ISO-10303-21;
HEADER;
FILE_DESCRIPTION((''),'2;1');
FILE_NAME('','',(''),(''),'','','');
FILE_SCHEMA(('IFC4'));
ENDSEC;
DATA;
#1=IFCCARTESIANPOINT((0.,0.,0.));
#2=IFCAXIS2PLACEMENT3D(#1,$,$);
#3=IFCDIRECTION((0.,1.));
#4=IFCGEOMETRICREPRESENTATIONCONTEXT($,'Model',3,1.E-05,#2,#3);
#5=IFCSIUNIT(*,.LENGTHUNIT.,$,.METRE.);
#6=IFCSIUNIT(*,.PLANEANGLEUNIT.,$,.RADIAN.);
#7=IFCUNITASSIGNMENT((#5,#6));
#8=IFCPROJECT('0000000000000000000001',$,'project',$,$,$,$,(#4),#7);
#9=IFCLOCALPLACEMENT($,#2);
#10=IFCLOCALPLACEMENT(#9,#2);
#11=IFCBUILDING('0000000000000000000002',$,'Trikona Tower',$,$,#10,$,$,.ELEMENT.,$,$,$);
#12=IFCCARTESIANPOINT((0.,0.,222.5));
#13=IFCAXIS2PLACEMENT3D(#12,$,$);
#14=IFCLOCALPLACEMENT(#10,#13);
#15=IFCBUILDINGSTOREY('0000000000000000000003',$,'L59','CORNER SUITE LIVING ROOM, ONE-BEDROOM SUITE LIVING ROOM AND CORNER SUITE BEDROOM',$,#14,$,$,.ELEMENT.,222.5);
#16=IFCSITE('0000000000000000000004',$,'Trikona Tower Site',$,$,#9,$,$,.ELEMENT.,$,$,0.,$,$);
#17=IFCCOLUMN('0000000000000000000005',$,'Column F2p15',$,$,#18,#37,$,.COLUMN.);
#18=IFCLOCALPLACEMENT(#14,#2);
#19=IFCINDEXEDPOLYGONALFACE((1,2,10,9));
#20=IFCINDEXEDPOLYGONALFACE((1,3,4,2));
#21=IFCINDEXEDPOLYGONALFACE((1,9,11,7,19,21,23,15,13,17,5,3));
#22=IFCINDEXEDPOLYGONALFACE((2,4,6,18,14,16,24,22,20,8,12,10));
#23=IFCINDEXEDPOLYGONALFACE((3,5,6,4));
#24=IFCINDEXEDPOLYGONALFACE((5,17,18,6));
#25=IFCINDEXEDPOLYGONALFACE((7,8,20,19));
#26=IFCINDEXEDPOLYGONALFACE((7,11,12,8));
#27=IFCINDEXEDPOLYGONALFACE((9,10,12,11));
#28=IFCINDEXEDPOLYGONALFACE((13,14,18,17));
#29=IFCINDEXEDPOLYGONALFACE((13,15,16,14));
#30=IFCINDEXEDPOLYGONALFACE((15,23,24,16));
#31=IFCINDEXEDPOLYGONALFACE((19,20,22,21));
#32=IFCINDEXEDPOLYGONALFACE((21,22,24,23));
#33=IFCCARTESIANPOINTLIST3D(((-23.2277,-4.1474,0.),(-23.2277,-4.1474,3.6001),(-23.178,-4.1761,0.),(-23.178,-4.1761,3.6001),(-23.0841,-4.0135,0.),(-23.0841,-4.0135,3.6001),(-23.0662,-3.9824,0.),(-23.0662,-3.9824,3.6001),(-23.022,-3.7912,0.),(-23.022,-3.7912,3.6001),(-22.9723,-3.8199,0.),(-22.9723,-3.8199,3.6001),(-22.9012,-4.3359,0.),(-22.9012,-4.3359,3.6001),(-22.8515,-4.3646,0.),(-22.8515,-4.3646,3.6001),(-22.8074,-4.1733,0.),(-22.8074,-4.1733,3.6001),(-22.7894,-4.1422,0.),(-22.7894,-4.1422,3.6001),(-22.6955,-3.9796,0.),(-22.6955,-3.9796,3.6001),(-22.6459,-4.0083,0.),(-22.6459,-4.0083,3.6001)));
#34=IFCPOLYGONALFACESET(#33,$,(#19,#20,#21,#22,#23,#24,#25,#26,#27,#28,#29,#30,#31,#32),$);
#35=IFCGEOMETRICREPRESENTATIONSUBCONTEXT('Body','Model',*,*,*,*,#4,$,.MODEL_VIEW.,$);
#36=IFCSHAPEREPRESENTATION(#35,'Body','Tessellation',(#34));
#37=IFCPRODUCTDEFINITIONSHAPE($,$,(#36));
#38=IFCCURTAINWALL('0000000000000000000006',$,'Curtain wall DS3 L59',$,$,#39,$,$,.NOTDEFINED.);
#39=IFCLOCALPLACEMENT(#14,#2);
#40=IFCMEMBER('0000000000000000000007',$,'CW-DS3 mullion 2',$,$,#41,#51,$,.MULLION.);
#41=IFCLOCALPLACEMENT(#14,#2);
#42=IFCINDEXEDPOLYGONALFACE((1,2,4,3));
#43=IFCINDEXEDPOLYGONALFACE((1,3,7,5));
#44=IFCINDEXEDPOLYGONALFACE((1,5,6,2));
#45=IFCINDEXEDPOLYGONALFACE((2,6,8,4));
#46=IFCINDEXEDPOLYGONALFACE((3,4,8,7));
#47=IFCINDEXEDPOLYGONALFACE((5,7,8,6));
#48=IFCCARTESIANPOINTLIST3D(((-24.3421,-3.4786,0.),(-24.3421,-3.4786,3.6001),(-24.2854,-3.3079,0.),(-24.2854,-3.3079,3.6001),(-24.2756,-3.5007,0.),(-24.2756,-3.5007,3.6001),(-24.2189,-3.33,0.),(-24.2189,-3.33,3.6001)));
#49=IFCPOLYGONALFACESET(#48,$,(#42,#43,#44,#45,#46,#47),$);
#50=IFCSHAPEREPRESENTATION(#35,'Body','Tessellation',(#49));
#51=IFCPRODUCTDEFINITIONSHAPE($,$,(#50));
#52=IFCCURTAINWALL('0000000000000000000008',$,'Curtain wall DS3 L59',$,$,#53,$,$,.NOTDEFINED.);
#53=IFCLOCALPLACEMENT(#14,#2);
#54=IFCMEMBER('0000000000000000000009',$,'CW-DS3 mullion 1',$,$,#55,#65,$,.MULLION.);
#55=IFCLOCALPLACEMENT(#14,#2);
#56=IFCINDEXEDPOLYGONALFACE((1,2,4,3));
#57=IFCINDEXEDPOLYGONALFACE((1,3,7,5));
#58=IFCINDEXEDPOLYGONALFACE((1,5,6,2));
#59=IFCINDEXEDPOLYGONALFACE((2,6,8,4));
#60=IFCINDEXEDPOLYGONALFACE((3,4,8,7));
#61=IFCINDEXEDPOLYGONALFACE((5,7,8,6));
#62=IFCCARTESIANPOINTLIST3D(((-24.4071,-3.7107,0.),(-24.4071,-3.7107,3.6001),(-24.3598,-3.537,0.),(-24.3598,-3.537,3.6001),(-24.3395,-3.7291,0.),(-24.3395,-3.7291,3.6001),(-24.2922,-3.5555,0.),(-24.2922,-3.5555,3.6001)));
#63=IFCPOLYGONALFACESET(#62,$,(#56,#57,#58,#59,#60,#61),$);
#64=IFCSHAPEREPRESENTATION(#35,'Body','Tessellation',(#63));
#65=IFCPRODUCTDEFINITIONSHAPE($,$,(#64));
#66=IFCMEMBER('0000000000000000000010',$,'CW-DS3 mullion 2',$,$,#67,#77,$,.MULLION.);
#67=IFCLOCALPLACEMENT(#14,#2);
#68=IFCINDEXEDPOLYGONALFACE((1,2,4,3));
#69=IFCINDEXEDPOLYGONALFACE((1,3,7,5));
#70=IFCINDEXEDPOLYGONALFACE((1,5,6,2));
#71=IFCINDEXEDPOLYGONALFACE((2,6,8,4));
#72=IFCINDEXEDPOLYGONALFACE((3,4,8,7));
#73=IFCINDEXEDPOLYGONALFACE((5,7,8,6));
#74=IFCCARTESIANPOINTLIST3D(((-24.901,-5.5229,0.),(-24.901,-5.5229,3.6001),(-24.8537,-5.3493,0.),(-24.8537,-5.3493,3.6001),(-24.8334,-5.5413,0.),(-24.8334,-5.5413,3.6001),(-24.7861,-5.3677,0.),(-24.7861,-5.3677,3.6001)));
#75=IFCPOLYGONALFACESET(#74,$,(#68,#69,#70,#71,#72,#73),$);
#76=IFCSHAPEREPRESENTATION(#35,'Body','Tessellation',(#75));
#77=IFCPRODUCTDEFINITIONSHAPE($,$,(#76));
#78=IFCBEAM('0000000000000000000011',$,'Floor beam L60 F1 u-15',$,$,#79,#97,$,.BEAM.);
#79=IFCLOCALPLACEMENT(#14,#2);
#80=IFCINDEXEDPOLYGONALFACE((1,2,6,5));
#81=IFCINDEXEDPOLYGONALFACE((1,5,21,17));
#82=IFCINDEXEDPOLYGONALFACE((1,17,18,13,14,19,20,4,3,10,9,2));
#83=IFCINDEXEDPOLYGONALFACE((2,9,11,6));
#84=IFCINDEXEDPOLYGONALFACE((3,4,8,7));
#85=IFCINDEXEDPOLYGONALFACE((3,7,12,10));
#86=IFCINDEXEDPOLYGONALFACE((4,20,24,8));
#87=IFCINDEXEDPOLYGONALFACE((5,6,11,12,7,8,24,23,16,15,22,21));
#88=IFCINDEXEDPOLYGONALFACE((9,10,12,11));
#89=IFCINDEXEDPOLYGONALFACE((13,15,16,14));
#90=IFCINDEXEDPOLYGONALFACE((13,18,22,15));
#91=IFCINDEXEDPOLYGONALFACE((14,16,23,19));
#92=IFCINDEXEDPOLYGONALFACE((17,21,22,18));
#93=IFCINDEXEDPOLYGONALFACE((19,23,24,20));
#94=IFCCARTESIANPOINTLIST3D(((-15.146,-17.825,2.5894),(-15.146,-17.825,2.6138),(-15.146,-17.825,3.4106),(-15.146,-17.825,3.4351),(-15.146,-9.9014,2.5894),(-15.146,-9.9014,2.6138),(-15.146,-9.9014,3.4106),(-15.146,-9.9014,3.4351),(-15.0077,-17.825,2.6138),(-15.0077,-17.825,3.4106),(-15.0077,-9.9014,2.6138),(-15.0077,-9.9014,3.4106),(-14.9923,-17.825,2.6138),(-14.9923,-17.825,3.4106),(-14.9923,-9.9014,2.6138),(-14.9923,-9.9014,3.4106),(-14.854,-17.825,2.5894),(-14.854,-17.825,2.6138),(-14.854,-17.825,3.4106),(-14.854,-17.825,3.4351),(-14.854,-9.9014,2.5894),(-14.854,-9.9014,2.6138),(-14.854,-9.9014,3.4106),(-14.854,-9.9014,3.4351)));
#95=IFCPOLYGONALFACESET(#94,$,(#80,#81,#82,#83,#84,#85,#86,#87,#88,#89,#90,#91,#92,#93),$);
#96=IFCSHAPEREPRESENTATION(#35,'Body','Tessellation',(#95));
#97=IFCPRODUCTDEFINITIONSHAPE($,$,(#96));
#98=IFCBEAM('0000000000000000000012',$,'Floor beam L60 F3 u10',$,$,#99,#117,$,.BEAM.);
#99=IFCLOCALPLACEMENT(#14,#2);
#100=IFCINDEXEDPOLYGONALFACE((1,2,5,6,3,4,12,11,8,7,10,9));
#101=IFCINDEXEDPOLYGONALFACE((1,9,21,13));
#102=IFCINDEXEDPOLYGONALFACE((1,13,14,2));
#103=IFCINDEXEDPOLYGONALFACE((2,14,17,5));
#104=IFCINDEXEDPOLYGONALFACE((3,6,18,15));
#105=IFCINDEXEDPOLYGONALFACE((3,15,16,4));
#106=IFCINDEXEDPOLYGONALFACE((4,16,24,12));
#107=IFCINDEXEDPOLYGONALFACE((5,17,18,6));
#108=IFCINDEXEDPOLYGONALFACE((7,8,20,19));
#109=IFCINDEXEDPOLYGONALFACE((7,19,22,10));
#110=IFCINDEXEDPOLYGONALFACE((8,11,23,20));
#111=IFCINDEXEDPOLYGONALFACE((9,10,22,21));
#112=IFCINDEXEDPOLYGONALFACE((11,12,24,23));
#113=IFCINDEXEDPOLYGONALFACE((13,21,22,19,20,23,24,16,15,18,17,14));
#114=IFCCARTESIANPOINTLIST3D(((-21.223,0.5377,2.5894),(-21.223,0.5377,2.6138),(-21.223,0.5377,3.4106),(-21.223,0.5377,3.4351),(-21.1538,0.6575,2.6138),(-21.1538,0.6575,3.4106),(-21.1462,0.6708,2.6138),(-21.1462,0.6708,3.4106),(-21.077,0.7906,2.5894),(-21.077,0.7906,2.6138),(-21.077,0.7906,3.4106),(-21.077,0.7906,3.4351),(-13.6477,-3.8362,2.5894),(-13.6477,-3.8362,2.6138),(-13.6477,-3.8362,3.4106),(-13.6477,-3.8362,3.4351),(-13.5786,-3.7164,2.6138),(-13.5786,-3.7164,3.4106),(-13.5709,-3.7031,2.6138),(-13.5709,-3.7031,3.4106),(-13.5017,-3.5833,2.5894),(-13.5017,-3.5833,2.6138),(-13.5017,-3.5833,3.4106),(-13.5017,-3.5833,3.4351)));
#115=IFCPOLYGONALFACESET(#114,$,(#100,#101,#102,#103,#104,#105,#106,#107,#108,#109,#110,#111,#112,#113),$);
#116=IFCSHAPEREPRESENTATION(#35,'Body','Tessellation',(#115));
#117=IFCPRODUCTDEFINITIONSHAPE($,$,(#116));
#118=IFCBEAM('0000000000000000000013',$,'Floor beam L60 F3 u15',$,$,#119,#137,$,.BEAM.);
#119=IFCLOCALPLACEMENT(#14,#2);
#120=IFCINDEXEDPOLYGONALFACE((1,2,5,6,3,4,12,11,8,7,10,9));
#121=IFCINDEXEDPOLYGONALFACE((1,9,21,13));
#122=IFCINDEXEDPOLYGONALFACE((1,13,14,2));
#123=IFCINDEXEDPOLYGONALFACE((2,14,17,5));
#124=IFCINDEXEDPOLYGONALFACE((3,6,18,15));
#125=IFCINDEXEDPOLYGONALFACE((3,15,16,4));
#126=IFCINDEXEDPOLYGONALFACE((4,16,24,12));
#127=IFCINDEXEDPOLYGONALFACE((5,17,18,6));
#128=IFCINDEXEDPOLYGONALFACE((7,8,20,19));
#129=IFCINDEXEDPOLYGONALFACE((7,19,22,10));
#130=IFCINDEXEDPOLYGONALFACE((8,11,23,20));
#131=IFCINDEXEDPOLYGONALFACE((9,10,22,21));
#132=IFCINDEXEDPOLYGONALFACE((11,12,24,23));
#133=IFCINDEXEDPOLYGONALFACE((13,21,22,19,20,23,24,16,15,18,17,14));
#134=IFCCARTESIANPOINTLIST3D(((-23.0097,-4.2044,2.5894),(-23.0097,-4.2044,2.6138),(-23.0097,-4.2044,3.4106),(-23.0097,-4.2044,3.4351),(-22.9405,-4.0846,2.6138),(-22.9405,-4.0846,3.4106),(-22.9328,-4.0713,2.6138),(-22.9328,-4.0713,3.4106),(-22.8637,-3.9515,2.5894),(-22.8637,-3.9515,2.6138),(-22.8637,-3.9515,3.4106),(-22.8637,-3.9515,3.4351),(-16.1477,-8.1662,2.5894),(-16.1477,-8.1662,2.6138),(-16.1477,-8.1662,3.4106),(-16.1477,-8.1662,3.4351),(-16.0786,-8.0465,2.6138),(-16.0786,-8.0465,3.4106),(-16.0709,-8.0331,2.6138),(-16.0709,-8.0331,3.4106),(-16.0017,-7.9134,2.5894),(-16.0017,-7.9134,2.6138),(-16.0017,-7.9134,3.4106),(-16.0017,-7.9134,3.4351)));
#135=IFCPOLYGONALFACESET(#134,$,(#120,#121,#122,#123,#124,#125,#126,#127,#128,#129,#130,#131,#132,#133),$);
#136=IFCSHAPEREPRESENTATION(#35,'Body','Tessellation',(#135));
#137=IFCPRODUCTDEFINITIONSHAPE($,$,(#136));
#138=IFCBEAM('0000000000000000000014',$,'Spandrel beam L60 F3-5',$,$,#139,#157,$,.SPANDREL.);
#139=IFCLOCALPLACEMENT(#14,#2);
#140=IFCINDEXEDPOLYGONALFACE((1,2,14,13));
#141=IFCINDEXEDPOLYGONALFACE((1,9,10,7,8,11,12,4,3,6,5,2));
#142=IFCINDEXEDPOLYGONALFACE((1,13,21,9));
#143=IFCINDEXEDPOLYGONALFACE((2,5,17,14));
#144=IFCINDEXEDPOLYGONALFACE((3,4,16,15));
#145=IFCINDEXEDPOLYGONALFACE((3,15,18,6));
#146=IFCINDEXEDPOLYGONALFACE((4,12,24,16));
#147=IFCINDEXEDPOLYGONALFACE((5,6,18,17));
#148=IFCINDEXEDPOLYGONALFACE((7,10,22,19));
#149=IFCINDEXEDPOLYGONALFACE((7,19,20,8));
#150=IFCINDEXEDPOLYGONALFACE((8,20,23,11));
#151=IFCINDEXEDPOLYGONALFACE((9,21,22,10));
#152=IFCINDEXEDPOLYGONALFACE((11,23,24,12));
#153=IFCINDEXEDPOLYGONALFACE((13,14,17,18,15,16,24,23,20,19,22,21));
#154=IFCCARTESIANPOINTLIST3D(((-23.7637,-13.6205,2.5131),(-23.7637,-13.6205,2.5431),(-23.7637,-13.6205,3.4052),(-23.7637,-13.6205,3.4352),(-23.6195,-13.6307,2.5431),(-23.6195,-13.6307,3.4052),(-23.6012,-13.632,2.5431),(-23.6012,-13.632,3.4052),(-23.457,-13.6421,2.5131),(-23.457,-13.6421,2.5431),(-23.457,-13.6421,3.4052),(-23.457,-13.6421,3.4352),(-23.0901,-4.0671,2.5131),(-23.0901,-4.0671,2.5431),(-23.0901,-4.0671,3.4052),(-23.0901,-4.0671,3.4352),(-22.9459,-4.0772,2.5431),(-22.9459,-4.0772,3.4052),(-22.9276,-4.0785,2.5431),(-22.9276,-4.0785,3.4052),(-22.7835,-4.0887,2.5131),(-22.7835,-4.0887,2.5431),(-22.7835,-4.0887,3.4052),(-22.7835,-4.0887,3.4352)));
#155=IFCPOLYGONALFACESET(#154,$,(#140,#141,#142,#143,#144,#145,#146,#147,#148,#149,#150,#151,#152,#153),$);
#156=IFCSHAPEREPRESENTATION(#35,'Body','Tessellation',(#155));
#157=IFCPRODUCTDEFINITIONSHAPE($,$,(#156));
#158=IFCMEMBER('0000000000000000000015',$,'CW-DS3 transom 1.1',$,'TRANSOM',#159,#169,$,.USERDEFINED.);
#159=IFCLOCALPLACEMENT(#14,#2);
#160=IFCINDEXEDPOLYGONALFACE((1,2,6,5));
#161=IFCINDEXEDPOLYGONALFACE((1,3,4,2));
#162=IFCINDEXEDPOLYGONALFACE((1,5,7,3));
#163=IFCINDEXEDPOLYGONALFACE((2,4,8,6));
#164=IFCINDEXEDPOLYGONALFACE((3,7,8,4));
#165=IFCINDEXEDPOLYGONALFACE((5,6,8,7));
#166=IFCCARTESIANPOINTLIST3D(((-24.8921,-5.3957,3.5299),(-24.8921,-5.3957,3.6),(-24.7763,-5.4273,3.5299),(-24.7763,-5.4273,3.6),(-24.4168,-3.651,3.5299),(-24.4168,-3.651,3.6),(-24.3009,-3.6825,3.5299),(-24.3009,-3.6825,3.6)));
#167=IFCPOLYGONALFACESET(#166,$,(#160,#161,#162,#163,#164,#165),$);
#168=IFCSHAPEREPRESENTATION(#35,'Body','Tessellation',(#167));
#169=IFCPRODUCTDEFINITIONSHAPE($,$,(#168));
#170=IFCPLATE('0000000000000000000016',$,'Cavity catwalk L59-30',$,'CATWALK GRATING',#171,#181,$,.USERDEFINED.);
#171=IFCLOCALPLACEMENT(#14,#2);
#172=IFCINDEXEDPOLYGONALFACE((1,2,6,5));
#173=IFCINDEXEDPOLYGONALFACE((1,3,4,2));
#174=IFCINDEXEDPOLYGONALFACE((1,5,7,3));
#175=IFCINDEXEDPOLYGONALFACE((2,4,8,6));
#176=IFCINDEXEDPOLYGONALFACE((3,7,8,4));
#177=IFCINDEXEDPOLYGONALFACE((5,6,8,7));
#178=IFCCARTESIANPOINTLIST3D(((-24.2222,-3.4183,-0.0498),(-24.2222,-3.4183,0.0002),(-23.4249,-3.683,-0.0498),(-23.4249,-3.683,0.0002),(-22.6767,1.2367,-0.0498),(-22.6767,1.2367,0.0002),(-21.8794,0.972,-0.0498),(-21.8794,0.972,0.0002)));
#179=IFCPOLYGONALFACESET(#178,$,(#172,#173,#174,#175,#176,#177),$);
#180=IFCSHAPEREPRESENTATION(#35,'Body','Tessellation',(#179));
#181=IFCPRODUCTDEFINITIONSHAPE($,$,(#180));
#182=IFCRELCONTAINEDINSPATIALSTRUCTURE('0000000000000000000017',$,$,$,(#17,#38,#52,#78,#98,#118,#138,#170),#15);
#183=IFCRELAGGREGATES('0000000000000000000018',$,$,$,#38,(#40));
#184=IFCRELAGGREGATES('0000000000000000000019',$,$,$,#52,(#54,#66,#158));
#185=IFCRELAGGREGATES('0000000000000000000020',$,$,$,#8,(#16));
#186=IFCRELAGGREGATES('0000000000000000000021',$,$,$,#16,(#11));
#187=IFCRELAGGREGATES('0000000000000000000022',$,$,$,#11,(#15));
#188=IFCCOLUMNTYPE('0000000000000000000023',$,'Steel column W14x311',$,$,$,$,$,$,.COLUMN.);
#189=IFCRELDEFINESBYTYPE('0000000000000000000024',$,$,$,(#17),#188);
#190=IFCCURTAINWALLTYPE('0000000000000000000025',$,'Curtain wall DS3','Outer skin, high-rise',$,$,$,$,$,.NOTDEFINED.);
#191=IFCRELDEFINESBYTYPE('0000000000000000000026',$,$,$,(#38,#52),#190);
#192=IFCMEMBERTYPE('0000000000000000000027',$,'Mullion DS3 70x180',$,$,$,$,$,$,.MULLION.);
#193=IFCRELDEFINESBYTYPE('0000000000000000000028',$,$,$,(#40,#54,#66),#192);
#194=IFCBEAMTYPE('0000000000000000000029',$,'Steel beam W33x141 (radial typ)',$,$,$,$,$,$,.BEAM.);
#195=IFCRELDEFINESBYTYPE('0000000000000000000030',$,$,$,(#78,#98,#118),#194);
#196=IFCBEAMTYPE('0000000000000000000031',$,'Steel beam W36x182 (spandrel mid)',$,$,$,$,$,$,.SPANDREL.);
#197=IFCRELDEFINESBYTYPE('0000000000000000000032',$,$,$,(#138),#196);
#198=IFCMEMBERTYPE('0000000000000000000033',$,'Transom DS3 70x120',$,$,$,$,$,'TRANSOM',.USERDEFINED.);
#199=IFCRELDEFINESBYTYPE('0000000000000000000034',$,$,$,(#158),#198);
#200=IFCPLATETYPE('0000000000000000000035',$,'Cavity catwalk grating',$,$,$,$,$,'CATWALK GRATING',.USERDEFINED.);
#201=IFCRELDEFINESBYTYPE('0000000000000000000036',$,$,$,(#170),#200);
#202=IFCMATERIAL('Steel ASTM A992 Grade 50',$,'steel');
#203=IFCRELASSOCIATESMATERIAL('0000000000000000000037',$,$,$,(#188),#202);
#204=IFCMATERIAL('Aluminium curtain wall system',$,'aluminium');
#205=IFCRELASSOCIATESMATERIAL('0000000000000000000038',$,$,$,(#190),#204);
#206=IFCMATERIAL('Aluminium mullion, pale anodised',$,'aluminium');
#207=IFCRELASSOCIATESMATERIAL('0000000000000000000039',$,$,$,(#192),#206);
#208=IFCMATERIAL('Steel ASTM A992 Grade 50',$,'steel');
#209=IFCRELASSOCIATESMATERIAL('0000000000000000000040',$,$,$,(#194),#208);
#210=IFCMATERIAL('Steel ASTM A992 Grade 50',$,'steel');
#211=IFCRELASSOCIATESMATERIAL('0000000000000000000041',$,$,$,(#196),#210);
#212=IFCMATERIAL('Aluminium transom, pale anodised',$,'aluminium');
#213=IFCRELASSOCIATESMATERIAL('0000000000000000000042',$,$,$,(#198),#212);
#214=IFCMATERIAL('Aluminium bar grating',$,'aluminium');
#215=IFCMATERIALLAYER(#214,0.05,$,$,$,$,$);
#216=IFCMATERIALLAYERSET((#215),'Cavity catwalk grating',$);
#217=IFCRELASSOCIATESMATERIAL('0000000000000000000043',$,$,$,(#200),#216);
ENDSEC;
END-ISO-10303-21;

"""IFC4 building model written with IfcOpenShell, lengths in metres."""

from ifc_helpers import new_model, si_unit, direction, frame, origin, origin_2d, place, context, subcontext, project, spatial, rectangle, i_section, extrude, material, layer, layer_set, material_profile, profile_set, type_object, element, aggregate, save


model = new_model("IFC4")

# Units and contexts
model_context = context("Model", 3, precision=1e-05, world=origin(), true_north=direction((0.0, 1.0)))
body_context = subcontext(model_context, "Body", "Model", "MODEL_VIEW")
ifc_project = project(units=[si_unit("LENGTHUNIT", "METRE"), si_unit("PLANEANGLEUNIT", "RADIAN")], contexts=[model_context])

# Site, building, storey
site_placement = place(None, origin())
site = spatial("IfcSite", under=ifc_project, at=site_placement, Name="Trikona Tower Site", CompositionType="ELEMENT", RefElevation=0.0)
building_placement = place(site_placement, origin())
building = spatial("IfcBuilding", under=site, at=building_placement, Name="Trikona Tower", CompositionType="ELEMENT")
storey_placement = place(building_placement, frame((0.0, 0.0, 222.5)))
storey = spatial("IfcBuildingStorey", under=building, at=storey_placement, Name="L59", Description="CORNER SUITE LIVING ROOM, ONE-BEDROOM SUITE LIVING ROOM AND CORNER SUITE BEDROOM", CompositionType="ELEMENT", Elevation=222.5)

# Column
ifc_material_1 = material(Name="Steel ASTM A992 Grade 50", Category="steel")
ifc_material_profile_1 = material_profile(ifc_material_1, i_section(OverallWidth=0.4114, OverallDepth=0.4343, WebThickness=0.0359, FlangeThickness=0.0574, at=origin_2d()), Name="W14X311")
ifc_profile_set_1 = profile_set([ifc_material_profile_1], Name="Steel ASTM A992 Grade 50")
column_type = type_object("IfcColumnType", Name="Steel column W14x311", PredefinedType="COLUMN", material=ifc_profile_set_1)
column_placement = place(storey_placement, frame((-22.9368, -4.0779, 0.0), z_axis=(0.0, 0.0, 1.0), x_axis=(-0.5, -0.866025, 0.0)))
element("IfcColumn", 1, at=column_placement, inside=storey, type_object=column_type, Name="Column F2p15", PredefinedType="COLUMN", context=body_context, shape_type="SweptSolid", body=[
    extrude(i_section(OverallWidth=0.4114, OverallDepth=0.4343, WebThickness=0.0359, FlangeThickness=0.0574, at=origin_2d()), origin(), (0.0, 0.0, 1.0), 3.6001),
])

# Curtain wall, member
ifc_material_2 = material(Name="Aluminium curtain wall system", Category="aluminium")
curtain_wall_type = type_object("IfcCurtainWallType", Name="Curtain wall DS3", Description="Outer skin, high-rise", PredefinedType="NOTDEFINED", material=ifc_material_2)
curtain_wall_1_placement = place(storey_placement, origin())
curtain_wall_1 = element("IfcCurtainWall", 2, at=curtain_wall_1_placement, inside=storey, type_object=curtain_wall_type, Name="Curtain wall DS3 L59", PredefinedType="NOTDEFINED")
ifc_material_3 = material(Name="Aluminium mullion, pale anodised", Category="aluminium")
ifc_material_profile_2 = material_profile(ifc_material_3, rectangle(XDim=0.0701, YDim=0.1799, at=origin_2d()), Name="MUL-DS3")
ifc_profile_set_2 = profile_set([ifc_material_profile_2], Name="Aluminium mullion, pale anodised")
member_type_1 = type_object("IfcMemberType", Name="Mullion DS3 70x180", PredefinedType="MULLION", material=ifc_profile_set_2)
member_1_placement = place(storey_placement, frame((-24.2805, -3.4043, 0.0), z_axis=(0.0, 0.0, 1.0), x_axis=(0.949066, -0.315078, 0.0)))
member_1 = element("IfcMember", 3, at=member_1_placement, type_object=member_type_1, Name="CW-DS3 mullion 2", PredefinedType="MULLION", context=body_context, shape_type="SweptSolid", body=[
    extrude(rectangle(XDim=0.0701, YDim=0.1799, at=origin_2d()), origin(), (0.0, 0.0, 1.0), 3.6001),
])
aggregate(curtain_wall_1, [member_1])

# Curtain wall, members
curtain_wall_2_placement = place(storey_placement, origin())
curtain_wall_2 = element("IfcCurtainWall", 4, at=curtain_wall_2_placement, inside=storey, type_object=curtain_wall_type, Name="Curtain wall DS3 L59", PredefinedType="NOTDEFINED")
member_2_placement = place(storey_placement, frame((-24.3496, -3.6331, 0.0), z_axis=(0.0, 0.0, 1.0), x_axis=(0.964838, -0.262844, 0.0)))
member_2 = element("IfcMember", 5, at=member_2_placement, type_object=member_type_1, Name="CW-DS3 mullion 1", PredefinedType="MULLION", context=body_context, shape_type="SweptSolid", body=[
    extrude(rectangle(XDim=0.0701, YDim=0.1799, at=origin_2d()), origin(), (0.0, 0.0, 1.0), 3.6001),
])
member_3_placement = place(storey_placement, frame((-24.8435, -5.4453, 0.0), z_axis=(0.0, 0.0, 1.0), x_axis=(0.964838, -0.262844, 0.0)))
member_3 = element("IfcMember", 6, at=member_3_placement, type_object=member_type_1, Name="CW-DS3 mullion 2", PredefinedType="MULLION", context=body_context, shape_type="SweptSolid", body=[
    extrude(rectangle(XDim=0.0701, YDim=0.1799, at=origin_2d()), origin(), (0.0, 0.0, 1.0), 3.6001),
])

# Beams
ifc_material_4 = material(Name="Steel ASTM A992 Grade 50", Category="steel")
ifc_material_profile_3 = material_profile(ifc_material_4, i_section(OverallWidth=0.292, OverallDepth=0.8457, WebThickness=0.0154, FlangeThickness=0.0244, at=origin_2d()), Name="W33X141")
ifc_profile_set_3 = profile_set([ifc_material_profile_3], Name="Steel ASTM A992 Grade 50")
beam_type_1 = type_object("IfcBeamType", Name="Steel beam W33x141 (radial typ)", PredefinedType="BEAM", material=ifc_profile_set_3)
beam_1_placement = place(storey_placement, frame((-15.0, -9.9014, 3.0122), z_axis=(0.0, -1.0, 0.0), x_axis=(1.0, 0.0, 0.0)))
element("IfcBeam", 7, at=beam_1_placement, inside=storey, type_object=beam_type_1, Name="Floor beam L60 F1 u-15", PredefinedType="BEAM", context=body_context, shape_type="SweptSolid", body=[
    extrude(i_section(OverallWidth=0.292, OverallDepth=0.8457, WebThickness=0.0154, FlangeThickness=0.0244, at=origin_2d()), origin(), (0.0, 0.0, 1.0), 7.9236),
])
beam_2_placement = place(storey_placement, frame((-13.5747, -3.7097, 3.0122), z_axis=(-0.866014, 0.50002, 0.0), x_axis=(-0.50002, -0.866014, 0.0)))
element("IfcBeam", 8, at=beam_2_placement, inside=storey, type_object=beam_type_1, Name="Floor beam L60 F3 u10", PredefinedType="BEAM", context=body_context, shape_type="SweptSolid", body=[
    extrude(i_section(OverallWidth=0.292, OverallDepth=0.8457, WebThickness=0.0154, FlangeThickness=0.0244, at=origin_2d()), origin(), (0.0, 0.0, 1.0), 8.7473),
])
beam_3_placement = place(storey_placement, frame((-16.0747, -8.0398, 3.0122), z_axis=(-0.86602, 0.50001, 0.0), x_axis=(-0.50001, -0.86602, 0.0)))
element("IfcBeam", 9, at=beam_3_placement, inside=storey, type_object=beam_type_1, Name="Floor beam L60 F3 u15", PredefinedType="BEAM", context=body_context, shape_type="SweptSolid", body=[
    extrude(i_section(OverallWidth=0.292, OverallDepth=0.8457, WebThickness=0.0154, FlangeThickness=0.0244, at=origin_2d()), origin(), (0.0, 0.0, 1.0), 7.9236),
])
ifc_material_5 = material(Name="Steel ASTM A992 Grade 50", Category="steel")
ifc_material_profile_4 = material_profile(ifc_material_5, i_section(OverallWidth=0.3074, OverallDepth=0.9221, WebThickness=0.0183, FlangeThickness=0.03, at=origin_2d()), Name="W36X182")
ifc_profile_set_4 = profile_set([ifc_material_profile_4], Name="Steel ASTM A992 Grade 50")
beam_type_2 = type_object("IfcBeamType", Name="Steel beam W36x182 (spandrel mid)", PredefinedType="SPANDREL", material=ifc_profile_set_4)
beam_4_placement = place(storey_placement, frame((-22.9368, -4.0779, 2.9741), z_axis=(-0.070332, -0.997524, 0.0), x_axis=(0.997524, -0.070332, 0.0)))
element("IfcBeam", 10, at=beam_4_placement, inside=storey, type_object=beam_type_2, Name="Spandrel beam L60 F3-5", PredefinedType="SPANDREL", context=body_context, shape_type="SweptSolid", body=[
    extrude(i_section(OverallWidth=0.3074, OverallDepth=0.9221, WebThickness=0.0183, FlangeThickness=0.03, at=origin_2d()), origin(), (0.0, 0.0, 1.0), 9.5771),
])

# Member
ifc_material_6 = material(Name="Aluminium transom, pale anodised", Category="aluminium")
ifc_material_profile_5 = material_profile(ifc_material_6, rectangle(XDim=0.1201, YDim=0.0701, at=origin_2d()), Name="TRN-DS3")
ifc_profile_set_5 = profile_set([ifc_material_profile_5], Name="Aluminium transom, pale anodised")
member_type_2 = type_object("IfcMemberType", Name="Transom DS3 70x120", ElementType="TRANSOM", PredefinedType="USERDEFINED", material=ifc_profile_set_5)
member_4_placement = place(storey_placement, frame((-24.3589, -3.6667, 3.5649), z_axis=(-0.262843, -0.964839, 0.0), x_axis=(0.964839, -0.262843, 0.0)))
member_4 = element("IfcMember", 11, at=member_4_placement, type_object=member_type_2, Name="CW-DS3 transom 1.1", ObjectType="TRANSOM", PredefinedType="USERDEFINED", context=body_context, shape_type="SweptSolid", body=[
    extrude(rectangle(XDim=0.1201, YDim=0.0701, at=origin_2d()), origin(), (0.0, 0.0, 1.0), 1.8083),
])

# Plate
ifc_material_7 = material(Name="Aluminium bar grating", Category="aluminium")
ifc_layer_1 = layer(ifc_material_7, 0.05)
ifc_layer_set_1 = layer_set([ifc_layer_1], Name="Cavity catwalk grating")
plate_type_1 = type_object("IfcPlateType", Name="Cavity catwalk grating", ElementType="CATWALK GRATING", PredefinedType="USERDEFINED", material=ifc_layer_set_1)
plate_1_placement = place(storey_placement, frame((-23.0508, -1.2231, -0.0498), z_axis=(0.0, 0.0, 1.0), x_axis=(-0.315093, -0.949061, 0.0)))
element("IfcPlate", 12, at=plate_1_placement, inside=storey, type_object=plate_type_1, Name="Cavity catwalk L59-30", ObjectType="CATWALK GRATING", PredefinedType="USERDEFINED", context=body_context, shape_type="SweptSolid", body=[
    extrude(rectangle(XDim=4.9048, YDim=0.8401, at=origin_2d()), origin(), (0.0, 0.0, 1.0), 0.05),
])

aggregate(curtain_wall_2, [member_2, member_3, member_4])

save(model, "model.ifc")
